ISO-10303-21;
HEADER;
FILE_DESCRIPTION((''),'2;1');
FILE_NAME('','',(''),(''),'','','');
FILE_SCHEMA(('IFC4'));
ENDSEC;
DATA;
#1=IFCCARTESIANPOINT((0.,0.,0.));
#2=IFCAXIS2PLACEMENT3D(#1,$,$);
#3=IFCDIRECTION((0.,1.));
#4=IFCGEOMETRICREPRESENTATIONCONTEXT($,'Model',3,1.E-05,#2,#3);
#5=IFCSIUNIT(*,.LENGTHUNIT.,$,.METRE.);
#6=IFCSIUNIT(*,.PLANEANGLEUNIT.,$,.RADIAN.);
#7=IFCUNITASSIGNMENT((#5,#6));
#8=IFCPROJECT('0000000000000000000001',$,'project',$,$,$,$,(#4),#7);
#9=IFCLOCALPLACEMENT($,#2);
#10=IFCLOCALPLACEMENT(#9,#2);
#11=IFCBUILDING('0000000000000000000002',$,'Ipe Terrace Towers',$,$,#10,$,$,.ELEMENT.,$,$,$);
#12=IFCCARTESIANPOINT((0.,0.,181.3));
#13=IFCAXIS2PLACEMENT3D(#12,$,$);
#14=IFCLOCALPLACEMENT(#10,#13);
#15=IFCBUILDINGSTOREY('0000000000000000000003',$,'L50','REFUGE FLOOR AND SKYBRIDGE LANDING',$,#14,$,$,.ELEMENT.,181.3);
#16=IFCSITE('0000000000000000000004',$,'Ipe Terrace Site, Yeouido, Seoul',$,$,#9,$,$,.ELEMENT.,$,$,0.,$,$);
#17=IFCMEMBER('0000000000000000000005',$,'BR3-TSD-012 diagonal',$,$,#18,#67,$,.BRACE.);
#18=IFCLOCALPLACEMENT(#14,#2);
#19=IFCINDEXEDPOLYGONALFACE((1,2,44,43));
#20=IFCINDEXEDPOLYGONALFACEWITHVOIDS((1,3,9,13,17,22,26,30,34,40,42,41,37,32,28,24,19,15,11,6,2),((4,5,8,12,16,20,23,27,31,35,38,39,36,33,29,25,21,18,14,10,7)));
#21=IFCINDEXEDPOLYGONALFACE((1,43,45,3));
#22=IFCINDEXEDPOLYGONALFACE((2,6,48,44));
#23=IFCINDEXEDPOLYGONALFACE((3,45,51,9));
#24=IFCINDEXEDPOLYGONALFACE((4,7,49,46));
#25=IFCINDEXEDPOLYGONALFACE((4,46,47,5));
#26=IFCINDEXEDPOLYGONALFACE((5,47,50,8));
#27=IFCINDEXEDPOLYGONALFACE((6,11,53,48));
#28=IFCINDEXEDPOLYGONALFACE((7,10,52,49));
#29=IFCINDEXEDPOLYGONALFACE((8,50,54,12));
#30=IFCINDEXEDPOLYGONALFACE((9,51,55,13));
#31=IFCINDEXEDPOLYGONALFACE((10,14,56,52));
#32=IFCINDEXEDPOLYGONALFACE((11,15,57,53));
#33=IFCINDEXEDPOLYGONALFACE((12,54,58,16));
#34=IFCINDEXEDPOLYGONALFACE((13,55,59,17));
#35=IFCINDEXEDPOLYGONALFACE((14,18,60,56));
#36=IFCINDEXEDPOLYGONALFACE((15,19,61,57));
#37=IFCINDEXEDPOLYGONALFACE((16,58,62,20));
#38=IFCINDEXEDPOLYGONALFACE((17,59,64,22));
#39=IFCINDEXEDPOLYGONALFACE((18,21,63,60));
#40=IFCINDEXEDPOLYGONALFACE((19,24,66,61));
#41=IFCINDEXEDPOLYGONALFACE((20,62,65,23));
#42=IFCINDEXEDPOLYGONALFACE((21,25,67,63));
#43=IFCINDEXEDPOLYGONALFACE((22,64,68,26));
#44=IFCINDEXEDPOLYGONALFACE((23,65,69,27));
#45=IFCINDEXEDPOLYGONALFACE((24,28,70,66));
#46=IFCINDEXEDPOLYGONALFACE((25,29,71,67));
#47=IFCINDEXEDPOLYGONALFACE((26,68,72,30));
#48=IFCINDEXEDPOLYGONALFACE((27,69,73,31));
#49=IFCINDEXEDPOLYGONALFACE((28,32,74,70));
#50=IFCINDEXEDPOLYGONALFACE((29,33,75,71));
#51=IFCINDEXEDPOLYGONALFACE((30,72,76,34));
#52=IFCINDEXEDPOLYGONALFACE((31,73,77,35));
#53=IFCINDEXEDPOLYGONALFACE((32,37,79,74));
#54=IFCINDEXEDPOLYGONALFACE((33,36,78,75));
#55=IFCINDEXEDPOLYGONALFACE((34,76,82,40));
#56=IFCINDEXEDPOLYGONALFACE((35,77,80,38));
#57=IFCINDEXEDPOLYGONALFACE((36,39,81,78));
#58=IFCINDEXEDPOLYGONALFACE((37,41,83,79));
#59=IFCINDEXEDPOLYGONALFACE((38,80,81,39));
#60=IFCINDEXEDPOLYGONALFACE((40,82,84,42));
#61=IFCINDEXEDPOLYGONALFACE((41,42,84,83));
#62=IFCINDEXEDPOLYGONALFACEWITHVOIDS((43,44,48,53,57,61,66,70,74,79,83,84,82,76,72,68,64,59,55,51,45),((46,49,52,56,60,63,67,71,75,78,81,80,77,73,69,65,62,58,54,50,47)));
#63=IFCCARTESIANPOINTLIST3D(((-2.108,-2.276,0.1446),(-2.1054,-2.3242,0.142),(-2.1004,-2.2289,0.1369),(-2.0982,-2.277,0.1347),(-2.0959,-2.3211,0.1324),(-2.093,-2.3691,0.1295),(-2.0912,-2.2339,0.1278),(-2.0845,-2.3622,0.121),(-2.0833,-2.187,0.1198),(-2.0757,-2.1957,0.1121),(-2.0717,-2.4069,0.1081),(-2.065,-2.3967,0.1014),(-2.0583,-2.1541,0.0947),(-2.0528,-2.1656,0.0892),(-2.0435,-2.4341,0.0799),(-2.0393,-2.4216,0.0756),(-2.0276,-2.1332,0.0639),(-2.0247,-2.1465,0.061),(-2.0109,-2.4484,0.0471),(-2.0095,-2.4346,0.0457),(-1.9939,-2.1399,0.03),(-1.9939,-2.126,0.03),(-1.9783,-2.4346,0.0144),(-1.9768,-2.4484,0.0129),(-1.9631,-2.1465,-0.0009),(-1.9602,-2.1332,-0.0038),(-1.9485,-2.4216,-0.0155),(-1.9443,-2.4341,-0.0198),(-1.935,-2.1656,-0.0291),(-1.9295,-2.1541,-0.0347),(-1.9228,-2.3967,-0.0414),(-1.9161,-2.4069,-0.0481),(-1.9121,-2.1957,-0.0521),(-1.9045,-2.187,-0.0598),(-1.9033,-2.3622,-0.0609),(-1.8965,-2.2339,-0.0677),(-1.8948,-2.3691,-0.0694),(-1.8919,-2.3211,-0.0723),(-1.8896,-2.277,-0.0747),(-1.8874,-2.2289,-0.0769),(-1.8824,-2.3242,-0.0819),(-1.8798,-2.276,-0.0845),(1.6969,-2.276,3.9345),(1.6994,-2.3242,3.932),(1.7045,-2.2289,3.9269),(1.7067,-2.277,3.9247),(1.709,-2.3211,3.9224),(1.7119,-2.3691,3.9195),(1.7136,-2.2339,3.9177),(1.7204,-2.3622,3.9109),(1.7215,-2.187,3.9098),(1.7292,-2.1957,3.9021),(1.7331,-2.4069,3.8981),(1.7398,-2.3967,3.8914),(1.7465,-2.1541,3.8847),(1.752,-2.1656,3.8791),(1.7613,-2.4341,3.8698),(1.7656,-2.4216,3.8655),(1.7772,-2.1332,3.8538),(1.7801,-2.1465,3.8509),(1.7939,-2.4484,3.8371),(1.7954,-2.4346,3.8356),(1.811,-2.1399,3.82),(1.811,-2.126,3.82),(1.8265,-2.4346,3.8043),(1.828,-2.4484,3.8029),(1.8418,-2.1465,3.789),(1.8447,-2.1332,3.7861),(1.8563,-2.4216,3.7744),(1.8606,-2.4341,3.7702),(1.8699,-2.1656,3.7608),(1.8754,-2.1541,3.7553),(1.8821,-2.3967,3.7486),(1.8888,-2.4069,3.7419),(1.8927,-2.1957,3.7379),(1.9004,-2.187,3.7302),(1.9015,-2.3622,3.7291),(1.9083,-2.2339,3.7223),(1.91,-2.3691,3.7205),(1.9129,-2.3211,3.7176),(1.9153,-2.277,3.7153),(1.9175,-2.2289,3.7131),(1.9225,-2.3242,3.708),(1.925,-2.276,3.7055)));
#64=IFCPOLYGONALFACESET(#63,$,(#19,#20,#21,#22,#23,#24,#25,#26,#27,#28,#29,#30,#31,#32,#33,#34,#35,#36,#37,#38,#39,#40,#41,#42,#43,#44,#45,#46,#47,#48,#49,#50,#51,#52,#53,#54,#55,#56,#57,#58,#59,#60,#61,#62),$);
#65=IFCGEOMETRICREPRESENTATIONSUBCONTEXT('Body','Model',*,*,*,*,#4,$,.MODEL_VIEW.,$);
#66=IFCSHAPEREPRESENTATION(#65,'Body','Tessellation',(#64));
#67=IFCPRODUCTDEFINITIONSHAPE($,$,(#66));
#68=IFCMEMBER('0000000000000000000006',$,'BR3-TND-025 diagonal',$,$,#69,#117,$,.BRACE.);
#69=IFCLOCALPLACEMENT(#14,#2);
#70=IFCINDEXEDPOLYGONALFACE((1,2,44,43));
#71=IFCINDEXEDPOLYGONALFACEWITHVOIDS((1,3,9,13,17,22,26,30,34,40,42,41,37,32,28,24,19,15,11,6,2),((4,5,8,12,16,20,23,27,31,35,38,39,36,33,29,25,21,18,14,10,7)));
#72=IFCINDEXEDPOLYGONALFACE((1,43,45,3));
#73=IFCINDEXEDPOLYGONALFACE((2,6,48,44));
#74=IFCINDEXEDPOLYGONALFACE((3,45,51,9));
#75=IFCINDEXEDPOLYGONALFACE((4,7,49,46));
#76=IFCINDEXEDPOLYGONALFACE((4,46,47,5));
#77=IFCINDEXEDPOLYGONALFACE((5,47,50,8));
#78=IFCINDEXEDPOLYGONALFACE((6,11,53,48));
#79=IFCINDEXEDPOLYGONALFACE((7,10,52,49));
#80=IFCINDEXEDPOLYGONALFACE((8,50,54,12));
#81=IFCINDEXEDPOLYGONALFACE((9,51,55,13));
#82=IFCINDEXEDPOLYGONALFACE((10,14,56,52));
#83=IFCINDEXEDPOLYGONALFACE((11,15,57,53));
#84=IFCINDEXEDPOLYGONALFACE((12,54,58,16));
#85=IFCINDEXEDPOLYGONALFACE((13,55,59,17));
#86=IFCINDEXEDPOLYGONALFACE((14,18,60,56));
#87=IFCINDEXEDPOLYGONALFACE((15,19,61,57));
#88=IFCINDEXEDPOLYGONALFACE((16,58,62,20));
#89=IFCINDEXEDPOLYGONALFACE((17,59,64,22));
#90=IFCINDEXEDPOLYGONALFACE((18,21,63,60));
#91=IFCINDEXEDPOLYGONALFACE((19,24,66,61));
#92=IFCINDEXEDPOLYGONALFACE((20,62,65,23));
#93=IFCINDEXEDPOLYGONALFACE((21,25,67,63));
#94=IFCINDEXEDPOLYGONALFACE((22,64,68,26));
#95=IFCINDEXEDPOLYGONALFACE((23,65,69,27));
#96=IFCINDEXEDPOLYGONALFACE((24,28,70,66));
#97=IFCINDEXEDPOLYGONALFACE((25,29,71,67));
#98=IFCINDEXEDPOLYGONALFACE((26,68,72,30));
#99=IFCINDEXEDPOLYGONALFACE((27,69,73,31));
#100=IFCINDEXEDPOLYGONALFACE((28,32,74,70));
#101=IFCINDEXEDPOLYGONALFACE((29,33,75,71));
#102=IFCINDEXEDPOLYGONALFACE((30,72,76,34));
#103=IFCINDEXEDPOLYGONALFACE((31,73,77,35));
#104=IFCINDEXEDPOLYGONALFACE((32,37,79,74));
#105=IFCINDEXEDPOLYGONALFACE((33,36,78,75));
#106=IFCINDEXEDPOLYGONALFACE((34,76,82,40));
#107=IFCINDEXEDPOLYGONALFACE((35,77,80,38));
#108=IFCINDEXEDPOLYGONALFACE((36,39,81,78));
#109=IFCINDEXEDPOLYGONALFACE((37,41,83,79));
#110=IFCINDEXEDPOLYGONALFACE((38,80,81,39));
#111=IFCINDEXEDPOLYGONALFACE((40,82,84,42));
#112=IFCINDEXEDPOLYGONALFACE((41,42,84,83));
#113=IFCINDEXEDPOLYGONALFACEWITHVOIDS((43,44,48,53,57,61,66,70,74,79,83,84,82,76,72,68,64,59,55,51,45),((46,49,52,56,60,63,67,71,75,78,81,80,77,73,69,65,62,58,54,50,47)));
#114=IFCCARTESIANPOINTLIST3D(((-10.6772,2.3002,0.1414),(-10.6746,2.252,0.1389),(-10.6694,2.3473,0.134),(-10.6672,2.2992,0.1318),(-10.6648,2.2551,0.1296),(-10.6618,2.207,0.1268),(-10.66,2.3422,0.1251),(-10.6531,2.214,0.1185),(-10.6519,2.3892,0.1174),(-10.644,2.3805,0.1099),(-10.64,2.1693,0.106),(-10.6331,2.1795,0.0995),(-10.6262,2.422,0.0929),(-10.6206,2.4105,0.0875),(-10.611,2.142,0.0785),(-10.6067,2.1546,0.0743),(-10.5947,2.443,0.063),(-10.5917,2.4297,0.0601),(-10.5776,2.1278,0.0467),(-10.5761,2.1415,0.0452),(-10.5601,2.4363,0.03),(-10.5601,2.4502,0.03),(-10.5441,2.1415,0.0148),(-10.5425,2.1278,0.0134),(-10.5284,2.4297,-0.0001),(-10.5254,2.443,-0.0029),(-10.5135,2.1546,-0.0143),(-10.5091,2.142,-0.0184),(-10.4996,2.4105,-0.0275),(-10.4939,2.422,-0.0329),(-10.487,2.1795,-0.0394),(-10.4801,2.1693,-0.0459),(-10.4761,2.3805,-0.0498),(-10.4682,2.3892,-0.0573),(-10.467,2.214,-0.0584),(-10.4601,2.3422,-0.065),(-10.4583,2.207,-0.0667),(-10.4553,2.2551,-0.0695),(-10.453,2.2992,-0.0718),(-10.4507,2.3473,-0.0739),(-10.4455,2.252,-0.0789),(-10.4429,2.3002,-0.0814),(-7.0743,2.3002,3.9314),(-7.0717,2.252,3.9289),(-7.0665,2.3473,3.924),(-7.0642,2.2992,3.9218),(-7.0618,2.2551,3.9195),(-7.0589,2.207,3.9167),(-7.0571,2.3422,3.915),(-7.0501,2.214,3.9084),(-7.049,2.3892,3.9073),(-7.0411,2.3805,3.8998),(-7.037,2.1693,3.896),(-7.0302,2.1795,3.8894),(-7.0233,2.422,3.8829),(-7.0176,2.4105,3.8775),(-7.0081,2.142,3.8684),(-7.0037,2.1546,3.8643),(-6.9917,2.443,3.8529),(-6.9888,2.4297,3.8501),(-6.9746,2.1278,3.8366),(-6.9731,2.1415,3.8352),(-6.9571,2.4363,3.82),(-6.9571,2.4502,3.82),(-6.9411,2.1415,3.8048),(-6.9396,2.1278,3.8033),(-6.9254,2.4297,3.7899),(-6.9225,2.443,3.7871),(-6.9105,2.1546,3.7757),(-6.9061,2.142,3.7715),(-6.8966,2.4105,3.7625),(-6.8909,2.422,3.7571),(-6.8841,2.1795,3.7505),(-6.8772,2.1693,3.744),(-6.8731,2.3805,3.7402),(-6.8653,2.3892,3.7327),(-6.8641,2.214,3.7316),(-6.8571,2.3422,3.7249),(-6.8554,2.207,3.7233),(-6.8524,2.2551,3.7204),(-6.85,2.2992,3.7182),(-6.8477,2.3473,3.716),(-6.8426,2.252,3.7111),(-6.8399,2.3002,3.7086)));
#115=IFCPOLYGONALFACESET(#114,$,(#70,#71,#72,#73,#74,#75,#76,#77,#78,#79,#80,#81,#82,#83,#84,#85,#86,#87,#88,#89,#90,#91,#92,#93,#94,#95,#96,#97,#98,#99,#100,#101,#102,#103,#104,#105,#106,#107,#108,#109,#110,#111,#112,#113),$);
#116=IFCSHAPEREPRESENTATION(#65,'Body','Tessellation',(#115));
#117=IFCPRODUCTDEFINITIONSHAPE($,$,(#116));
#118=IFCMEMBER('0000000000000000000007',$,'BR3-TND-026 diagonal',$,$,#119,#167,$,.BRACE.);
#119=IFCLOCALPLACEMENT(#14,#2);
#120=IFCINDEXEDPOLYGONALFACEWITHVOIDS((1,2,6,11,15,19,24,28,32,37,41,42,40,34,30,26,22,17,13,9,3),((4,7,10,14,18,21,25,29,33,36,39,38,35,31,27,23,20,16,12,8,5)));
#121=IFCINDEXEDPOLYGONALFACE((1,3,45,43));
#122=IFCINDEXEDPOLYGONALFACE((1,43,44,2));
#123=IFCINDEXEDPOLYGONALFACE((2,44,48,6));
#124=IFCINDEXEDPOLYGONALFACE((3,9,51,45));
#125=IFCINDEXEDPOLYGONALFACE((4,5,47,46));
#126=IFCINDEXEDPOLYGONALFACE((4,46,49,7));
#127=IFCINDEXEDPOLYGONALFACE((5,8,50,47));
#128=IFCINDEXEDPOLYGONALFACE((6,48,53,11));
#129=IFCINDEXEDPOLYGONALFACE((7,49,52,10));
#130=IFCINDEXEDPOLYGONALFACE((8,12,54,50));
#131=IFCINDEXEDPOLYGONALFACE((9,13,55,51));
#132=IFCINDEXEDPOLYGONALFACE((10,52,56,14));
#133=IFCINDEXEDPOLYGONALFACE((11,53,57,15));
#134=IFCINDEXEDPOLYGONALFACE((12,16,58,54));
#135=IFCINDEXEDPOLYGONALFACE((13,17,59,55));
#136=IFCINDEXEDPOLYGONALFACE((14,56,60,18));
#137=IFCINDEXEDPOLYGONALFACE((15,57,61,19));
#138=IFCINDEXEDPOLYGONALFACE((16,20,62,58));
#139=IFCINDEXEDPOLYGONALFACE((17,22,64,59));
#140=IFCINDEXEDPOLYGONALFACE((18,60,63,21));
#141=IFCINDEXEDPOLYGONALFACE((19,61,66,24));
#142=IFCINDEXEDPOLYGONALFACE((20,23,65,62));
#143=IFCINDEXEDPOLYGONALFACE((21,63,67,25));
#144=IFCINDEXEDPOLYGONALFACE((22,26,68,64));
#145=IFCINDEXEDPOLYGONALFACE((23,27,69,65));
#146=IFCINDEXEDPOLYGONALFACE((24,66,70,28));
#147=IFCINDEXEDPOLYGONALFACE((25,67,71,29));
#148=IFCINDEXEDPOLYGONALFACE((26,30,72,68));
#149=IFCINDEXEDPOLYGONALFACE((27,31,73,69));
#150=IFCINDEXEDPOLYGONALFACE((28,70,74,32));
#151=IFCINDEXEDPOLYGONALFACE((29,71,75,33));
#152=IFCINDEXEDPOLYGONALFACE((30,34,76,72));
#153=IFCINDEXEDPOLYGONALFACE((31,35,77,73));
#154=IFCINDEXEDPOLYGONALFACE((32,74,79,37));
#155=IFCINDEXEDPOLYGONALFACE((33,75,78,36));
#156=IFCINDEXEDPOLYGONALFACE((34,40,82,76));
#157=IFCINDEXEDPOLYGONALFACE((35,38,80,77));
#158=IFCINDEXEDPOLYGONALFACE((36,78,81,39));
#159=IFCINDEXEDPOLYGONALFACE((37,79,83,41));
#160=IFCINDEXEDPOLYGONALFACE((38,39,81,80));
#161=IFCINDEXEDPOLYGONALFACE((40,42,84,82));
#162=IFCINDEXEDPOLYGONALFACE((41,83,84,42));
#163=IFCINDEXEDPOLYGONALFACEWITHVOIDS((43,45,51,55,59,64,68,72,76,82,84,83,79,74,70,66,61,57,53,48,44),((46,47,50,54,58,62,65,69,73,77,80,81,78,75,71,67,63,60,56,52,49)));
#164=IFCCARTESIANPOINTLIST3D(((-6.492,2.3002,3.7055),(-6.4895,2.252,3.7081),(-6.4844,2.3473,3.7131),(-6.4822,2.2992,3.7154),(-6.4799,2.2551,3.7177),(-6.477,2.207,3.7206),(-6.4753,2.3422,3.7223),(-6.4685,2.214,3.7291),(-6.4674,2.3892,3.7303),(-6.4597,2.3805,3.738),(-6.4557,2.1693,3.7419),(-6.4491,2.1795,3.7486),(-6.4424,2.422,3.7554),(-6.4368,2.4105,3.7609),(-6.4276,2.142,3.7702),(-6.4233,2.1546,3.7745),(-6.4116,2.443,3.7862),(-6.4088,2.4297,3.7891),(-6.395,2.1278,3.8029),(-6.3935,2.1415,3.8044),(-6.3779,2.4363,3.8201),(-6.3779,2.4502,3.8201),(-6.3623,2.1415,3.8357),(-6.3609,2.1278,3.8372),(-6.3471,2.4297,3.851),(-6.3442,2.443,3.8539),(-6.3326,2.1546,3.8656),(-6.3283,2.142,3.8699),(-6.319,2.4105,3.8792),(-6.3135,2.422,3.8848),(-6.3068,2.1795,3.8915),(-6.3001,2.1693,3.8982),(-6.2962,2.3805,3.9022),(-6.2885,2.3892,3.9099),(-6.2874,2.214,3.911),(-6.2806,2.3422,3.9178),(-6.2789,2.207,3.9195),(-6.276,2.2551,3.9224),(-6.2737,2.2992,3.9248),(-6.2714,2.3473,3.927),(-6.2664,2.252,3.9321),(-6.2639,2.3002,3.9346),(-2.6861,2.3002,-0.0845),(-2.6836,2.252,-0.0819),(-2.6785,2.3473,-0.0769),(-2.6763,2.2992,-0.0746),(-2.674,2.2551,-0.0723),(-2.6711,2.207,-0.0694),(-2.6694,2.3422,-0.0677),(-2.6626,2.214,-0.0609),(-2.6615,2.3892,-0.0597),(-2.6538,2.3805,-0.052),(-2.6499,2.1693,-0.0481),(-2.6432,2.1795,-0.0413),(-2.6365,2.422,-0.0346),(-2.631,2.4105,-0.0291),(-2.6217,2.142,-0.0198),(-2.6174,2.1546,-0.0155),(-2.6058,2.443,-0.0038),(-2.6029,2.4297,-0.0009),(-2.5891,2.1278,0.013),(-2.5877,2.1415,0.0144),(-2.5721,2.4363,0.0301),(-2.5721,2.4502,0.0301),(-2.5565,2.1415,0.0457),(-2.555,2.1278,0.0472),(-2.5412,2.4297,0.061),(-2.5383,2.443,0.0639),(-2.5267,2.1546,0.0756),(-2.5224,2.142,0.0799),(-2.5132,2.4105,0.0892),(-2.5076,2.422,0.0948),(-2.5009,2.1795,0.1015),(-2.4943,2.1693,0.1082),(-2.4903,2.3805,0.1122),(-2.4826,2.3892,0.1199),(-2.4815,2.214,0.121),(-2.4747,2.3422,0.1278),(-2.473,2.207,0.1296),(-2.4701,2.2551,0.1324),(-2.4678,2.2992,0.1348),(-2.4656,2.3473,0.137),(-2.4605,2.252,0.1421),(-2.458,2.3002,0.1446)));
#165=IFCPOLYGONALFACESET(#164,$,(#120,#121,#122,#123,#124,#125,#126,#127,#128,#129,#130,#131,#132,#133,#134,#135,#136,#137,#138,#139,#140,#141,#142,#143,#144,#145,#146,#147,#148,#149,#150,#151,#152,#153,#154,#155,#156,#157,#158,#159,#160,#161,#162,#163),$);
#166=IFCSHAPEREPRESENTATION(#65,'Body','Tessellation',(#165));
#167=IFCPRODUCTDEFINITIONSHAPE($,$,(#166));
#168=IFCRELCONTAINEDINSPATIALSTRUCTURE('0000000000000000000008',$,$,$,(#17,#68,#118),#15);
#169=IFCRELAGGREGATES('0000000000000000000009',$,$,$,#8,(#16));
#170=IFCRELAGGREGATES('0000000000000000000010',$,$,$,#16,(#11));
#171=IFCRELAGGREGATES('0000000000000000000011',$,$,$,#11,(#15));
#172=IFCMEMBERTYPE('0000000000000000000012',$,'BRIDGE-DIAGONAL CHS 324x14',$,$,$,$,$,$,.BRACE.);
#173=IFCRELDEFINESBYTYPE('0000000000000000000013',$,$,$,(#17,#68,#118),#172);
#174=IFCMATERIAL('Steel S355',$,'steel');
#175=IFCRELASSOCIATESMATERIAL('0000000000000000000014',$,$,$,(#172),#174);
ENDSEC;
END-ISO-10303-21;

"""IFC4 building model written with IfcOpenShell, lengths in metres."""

from ifc_helpers import new_model, si_unit, direction, frame, origin, origin_2d, place, context, subcontext, project, spatial, hollow_circle, extrude, material, material_profile, profile_set, type_object, element, save


model = new_model("IFC4")

# Units and contexts
model_context = context("Model", 3, precision=1e-05, world=origin(), true_north=direction((0.0, 1.0)))
body_context = subcontext(model_context, "Body", "Model", "MODEL_VIEW")
ifc_project = project(units=[si_unit("LENGTHUNIT", "METRE"), si_unit("PLANEANGLEUNIT", "RADIAN")], contexts=[model_context])

# Site, building, storey
site_placement = place(None, origin())
site = spatial("IfcSite", under=ifc_project, at=site_placement, Name="Ipe Terrace Site, Yeouido, Seoul", CompositionType="ELEMENT", RefElevation=0.0)
building_placement = place(site_placement, origin())
building = spatial("IfcBuilding", under=site, at=building_placement, Name="Ipe Terrace Towers", CompositionType="ELEMENT")
storey_placement = place(building_placement, frame((0.0, 0.0, 181.3)))
storey = spatial("IfcBuildingStorey", under=building, at=storey_placement, Name="L50", Description="REFUGE FLOOR AND SKYBRIDGE LANDING", CompositionType="ELEMENT", Elevation=181.3)

# Members
ifc_material_1 = material(Name="Steel S355", Category="steel")
ifc_material_profile_1 = material_profile(ifc_material_1, hollow_circle(Radius=0.1621, WallThickness=0.0139, at=origin_2d()), Name="BRIDGE-DIAGONAL CHS 324x14")
ifc_profile_set_1 = profile_set([ifc_material_profile_1], Name="Steel S355")
member_type_1 = type_object("IfcMemberType", Name="BRIDGE-DIAGONAL CHS 324x14", PredefinedType="BRACE", material=ifc_profile_set_1)
member_1_placement = place(storey_placement, frame((-1.9939, -2.2881, 0.03), z_axis=(0.708492, 0.0, 0.705719), x_axis=(0.0, 1.0, 0.0)))
element("IfcMember", 1, at=member_1_placement, inside=storey, type_object=member_type_1, Name="BR3-TSD-012 diagonal", PredefinedType="BRACE", context=body_context, shape_type="SweptSolid", body=[
    extrude(hollow_circle(Radius=0.1621, WallThickness=0.0139, at=origin_2d()), origin(), (0.0, 0.0, 1.0), 5.3704),
])
member_2_placement = place(storey_placement, frame((-10.5601, 2.2881, 0.03), z_axis=(0.689, 0.0, 0.724762), x_axis=(0.0, 1.0, 0.0)))
element("IfcMember", 2, at=member_2_placement, inside=storey, type_object=member_type_1, Name="BR3-TND-025 diagonal", PredefinedType="BRACE", context=body_context, shape_type="SweptSolid", body=[
    extrude(hollow_circle(Radius=0.1621, WallThickness=0.0139, at=origin_2d()), origin(), (0.0, 0.0, 1.0), 5.2292),
])
member_3_placement = place(storey_placement, frame((-6.3779, 2.2881, 3.8201), z_axis=(0.708582, 0.0, -0.705628), x_axis=(0.0, 1.0, 0.0)))
element("IfcMember", 3, at=member_3_placement, inside=storey, type_object=member_type_1, Name="BR3-TND-026 diagonal", PredefinedType="BRACE", context=body_context, shape_type="SweptSolid", body=[
    extrude(hollow_circle(Radius=0.1621, WallThickness=0.0139, at=origin_2d()), origin(), (0.0, 0.0, 1.0), 5.3711),
])

save(model, "model.ifc")
